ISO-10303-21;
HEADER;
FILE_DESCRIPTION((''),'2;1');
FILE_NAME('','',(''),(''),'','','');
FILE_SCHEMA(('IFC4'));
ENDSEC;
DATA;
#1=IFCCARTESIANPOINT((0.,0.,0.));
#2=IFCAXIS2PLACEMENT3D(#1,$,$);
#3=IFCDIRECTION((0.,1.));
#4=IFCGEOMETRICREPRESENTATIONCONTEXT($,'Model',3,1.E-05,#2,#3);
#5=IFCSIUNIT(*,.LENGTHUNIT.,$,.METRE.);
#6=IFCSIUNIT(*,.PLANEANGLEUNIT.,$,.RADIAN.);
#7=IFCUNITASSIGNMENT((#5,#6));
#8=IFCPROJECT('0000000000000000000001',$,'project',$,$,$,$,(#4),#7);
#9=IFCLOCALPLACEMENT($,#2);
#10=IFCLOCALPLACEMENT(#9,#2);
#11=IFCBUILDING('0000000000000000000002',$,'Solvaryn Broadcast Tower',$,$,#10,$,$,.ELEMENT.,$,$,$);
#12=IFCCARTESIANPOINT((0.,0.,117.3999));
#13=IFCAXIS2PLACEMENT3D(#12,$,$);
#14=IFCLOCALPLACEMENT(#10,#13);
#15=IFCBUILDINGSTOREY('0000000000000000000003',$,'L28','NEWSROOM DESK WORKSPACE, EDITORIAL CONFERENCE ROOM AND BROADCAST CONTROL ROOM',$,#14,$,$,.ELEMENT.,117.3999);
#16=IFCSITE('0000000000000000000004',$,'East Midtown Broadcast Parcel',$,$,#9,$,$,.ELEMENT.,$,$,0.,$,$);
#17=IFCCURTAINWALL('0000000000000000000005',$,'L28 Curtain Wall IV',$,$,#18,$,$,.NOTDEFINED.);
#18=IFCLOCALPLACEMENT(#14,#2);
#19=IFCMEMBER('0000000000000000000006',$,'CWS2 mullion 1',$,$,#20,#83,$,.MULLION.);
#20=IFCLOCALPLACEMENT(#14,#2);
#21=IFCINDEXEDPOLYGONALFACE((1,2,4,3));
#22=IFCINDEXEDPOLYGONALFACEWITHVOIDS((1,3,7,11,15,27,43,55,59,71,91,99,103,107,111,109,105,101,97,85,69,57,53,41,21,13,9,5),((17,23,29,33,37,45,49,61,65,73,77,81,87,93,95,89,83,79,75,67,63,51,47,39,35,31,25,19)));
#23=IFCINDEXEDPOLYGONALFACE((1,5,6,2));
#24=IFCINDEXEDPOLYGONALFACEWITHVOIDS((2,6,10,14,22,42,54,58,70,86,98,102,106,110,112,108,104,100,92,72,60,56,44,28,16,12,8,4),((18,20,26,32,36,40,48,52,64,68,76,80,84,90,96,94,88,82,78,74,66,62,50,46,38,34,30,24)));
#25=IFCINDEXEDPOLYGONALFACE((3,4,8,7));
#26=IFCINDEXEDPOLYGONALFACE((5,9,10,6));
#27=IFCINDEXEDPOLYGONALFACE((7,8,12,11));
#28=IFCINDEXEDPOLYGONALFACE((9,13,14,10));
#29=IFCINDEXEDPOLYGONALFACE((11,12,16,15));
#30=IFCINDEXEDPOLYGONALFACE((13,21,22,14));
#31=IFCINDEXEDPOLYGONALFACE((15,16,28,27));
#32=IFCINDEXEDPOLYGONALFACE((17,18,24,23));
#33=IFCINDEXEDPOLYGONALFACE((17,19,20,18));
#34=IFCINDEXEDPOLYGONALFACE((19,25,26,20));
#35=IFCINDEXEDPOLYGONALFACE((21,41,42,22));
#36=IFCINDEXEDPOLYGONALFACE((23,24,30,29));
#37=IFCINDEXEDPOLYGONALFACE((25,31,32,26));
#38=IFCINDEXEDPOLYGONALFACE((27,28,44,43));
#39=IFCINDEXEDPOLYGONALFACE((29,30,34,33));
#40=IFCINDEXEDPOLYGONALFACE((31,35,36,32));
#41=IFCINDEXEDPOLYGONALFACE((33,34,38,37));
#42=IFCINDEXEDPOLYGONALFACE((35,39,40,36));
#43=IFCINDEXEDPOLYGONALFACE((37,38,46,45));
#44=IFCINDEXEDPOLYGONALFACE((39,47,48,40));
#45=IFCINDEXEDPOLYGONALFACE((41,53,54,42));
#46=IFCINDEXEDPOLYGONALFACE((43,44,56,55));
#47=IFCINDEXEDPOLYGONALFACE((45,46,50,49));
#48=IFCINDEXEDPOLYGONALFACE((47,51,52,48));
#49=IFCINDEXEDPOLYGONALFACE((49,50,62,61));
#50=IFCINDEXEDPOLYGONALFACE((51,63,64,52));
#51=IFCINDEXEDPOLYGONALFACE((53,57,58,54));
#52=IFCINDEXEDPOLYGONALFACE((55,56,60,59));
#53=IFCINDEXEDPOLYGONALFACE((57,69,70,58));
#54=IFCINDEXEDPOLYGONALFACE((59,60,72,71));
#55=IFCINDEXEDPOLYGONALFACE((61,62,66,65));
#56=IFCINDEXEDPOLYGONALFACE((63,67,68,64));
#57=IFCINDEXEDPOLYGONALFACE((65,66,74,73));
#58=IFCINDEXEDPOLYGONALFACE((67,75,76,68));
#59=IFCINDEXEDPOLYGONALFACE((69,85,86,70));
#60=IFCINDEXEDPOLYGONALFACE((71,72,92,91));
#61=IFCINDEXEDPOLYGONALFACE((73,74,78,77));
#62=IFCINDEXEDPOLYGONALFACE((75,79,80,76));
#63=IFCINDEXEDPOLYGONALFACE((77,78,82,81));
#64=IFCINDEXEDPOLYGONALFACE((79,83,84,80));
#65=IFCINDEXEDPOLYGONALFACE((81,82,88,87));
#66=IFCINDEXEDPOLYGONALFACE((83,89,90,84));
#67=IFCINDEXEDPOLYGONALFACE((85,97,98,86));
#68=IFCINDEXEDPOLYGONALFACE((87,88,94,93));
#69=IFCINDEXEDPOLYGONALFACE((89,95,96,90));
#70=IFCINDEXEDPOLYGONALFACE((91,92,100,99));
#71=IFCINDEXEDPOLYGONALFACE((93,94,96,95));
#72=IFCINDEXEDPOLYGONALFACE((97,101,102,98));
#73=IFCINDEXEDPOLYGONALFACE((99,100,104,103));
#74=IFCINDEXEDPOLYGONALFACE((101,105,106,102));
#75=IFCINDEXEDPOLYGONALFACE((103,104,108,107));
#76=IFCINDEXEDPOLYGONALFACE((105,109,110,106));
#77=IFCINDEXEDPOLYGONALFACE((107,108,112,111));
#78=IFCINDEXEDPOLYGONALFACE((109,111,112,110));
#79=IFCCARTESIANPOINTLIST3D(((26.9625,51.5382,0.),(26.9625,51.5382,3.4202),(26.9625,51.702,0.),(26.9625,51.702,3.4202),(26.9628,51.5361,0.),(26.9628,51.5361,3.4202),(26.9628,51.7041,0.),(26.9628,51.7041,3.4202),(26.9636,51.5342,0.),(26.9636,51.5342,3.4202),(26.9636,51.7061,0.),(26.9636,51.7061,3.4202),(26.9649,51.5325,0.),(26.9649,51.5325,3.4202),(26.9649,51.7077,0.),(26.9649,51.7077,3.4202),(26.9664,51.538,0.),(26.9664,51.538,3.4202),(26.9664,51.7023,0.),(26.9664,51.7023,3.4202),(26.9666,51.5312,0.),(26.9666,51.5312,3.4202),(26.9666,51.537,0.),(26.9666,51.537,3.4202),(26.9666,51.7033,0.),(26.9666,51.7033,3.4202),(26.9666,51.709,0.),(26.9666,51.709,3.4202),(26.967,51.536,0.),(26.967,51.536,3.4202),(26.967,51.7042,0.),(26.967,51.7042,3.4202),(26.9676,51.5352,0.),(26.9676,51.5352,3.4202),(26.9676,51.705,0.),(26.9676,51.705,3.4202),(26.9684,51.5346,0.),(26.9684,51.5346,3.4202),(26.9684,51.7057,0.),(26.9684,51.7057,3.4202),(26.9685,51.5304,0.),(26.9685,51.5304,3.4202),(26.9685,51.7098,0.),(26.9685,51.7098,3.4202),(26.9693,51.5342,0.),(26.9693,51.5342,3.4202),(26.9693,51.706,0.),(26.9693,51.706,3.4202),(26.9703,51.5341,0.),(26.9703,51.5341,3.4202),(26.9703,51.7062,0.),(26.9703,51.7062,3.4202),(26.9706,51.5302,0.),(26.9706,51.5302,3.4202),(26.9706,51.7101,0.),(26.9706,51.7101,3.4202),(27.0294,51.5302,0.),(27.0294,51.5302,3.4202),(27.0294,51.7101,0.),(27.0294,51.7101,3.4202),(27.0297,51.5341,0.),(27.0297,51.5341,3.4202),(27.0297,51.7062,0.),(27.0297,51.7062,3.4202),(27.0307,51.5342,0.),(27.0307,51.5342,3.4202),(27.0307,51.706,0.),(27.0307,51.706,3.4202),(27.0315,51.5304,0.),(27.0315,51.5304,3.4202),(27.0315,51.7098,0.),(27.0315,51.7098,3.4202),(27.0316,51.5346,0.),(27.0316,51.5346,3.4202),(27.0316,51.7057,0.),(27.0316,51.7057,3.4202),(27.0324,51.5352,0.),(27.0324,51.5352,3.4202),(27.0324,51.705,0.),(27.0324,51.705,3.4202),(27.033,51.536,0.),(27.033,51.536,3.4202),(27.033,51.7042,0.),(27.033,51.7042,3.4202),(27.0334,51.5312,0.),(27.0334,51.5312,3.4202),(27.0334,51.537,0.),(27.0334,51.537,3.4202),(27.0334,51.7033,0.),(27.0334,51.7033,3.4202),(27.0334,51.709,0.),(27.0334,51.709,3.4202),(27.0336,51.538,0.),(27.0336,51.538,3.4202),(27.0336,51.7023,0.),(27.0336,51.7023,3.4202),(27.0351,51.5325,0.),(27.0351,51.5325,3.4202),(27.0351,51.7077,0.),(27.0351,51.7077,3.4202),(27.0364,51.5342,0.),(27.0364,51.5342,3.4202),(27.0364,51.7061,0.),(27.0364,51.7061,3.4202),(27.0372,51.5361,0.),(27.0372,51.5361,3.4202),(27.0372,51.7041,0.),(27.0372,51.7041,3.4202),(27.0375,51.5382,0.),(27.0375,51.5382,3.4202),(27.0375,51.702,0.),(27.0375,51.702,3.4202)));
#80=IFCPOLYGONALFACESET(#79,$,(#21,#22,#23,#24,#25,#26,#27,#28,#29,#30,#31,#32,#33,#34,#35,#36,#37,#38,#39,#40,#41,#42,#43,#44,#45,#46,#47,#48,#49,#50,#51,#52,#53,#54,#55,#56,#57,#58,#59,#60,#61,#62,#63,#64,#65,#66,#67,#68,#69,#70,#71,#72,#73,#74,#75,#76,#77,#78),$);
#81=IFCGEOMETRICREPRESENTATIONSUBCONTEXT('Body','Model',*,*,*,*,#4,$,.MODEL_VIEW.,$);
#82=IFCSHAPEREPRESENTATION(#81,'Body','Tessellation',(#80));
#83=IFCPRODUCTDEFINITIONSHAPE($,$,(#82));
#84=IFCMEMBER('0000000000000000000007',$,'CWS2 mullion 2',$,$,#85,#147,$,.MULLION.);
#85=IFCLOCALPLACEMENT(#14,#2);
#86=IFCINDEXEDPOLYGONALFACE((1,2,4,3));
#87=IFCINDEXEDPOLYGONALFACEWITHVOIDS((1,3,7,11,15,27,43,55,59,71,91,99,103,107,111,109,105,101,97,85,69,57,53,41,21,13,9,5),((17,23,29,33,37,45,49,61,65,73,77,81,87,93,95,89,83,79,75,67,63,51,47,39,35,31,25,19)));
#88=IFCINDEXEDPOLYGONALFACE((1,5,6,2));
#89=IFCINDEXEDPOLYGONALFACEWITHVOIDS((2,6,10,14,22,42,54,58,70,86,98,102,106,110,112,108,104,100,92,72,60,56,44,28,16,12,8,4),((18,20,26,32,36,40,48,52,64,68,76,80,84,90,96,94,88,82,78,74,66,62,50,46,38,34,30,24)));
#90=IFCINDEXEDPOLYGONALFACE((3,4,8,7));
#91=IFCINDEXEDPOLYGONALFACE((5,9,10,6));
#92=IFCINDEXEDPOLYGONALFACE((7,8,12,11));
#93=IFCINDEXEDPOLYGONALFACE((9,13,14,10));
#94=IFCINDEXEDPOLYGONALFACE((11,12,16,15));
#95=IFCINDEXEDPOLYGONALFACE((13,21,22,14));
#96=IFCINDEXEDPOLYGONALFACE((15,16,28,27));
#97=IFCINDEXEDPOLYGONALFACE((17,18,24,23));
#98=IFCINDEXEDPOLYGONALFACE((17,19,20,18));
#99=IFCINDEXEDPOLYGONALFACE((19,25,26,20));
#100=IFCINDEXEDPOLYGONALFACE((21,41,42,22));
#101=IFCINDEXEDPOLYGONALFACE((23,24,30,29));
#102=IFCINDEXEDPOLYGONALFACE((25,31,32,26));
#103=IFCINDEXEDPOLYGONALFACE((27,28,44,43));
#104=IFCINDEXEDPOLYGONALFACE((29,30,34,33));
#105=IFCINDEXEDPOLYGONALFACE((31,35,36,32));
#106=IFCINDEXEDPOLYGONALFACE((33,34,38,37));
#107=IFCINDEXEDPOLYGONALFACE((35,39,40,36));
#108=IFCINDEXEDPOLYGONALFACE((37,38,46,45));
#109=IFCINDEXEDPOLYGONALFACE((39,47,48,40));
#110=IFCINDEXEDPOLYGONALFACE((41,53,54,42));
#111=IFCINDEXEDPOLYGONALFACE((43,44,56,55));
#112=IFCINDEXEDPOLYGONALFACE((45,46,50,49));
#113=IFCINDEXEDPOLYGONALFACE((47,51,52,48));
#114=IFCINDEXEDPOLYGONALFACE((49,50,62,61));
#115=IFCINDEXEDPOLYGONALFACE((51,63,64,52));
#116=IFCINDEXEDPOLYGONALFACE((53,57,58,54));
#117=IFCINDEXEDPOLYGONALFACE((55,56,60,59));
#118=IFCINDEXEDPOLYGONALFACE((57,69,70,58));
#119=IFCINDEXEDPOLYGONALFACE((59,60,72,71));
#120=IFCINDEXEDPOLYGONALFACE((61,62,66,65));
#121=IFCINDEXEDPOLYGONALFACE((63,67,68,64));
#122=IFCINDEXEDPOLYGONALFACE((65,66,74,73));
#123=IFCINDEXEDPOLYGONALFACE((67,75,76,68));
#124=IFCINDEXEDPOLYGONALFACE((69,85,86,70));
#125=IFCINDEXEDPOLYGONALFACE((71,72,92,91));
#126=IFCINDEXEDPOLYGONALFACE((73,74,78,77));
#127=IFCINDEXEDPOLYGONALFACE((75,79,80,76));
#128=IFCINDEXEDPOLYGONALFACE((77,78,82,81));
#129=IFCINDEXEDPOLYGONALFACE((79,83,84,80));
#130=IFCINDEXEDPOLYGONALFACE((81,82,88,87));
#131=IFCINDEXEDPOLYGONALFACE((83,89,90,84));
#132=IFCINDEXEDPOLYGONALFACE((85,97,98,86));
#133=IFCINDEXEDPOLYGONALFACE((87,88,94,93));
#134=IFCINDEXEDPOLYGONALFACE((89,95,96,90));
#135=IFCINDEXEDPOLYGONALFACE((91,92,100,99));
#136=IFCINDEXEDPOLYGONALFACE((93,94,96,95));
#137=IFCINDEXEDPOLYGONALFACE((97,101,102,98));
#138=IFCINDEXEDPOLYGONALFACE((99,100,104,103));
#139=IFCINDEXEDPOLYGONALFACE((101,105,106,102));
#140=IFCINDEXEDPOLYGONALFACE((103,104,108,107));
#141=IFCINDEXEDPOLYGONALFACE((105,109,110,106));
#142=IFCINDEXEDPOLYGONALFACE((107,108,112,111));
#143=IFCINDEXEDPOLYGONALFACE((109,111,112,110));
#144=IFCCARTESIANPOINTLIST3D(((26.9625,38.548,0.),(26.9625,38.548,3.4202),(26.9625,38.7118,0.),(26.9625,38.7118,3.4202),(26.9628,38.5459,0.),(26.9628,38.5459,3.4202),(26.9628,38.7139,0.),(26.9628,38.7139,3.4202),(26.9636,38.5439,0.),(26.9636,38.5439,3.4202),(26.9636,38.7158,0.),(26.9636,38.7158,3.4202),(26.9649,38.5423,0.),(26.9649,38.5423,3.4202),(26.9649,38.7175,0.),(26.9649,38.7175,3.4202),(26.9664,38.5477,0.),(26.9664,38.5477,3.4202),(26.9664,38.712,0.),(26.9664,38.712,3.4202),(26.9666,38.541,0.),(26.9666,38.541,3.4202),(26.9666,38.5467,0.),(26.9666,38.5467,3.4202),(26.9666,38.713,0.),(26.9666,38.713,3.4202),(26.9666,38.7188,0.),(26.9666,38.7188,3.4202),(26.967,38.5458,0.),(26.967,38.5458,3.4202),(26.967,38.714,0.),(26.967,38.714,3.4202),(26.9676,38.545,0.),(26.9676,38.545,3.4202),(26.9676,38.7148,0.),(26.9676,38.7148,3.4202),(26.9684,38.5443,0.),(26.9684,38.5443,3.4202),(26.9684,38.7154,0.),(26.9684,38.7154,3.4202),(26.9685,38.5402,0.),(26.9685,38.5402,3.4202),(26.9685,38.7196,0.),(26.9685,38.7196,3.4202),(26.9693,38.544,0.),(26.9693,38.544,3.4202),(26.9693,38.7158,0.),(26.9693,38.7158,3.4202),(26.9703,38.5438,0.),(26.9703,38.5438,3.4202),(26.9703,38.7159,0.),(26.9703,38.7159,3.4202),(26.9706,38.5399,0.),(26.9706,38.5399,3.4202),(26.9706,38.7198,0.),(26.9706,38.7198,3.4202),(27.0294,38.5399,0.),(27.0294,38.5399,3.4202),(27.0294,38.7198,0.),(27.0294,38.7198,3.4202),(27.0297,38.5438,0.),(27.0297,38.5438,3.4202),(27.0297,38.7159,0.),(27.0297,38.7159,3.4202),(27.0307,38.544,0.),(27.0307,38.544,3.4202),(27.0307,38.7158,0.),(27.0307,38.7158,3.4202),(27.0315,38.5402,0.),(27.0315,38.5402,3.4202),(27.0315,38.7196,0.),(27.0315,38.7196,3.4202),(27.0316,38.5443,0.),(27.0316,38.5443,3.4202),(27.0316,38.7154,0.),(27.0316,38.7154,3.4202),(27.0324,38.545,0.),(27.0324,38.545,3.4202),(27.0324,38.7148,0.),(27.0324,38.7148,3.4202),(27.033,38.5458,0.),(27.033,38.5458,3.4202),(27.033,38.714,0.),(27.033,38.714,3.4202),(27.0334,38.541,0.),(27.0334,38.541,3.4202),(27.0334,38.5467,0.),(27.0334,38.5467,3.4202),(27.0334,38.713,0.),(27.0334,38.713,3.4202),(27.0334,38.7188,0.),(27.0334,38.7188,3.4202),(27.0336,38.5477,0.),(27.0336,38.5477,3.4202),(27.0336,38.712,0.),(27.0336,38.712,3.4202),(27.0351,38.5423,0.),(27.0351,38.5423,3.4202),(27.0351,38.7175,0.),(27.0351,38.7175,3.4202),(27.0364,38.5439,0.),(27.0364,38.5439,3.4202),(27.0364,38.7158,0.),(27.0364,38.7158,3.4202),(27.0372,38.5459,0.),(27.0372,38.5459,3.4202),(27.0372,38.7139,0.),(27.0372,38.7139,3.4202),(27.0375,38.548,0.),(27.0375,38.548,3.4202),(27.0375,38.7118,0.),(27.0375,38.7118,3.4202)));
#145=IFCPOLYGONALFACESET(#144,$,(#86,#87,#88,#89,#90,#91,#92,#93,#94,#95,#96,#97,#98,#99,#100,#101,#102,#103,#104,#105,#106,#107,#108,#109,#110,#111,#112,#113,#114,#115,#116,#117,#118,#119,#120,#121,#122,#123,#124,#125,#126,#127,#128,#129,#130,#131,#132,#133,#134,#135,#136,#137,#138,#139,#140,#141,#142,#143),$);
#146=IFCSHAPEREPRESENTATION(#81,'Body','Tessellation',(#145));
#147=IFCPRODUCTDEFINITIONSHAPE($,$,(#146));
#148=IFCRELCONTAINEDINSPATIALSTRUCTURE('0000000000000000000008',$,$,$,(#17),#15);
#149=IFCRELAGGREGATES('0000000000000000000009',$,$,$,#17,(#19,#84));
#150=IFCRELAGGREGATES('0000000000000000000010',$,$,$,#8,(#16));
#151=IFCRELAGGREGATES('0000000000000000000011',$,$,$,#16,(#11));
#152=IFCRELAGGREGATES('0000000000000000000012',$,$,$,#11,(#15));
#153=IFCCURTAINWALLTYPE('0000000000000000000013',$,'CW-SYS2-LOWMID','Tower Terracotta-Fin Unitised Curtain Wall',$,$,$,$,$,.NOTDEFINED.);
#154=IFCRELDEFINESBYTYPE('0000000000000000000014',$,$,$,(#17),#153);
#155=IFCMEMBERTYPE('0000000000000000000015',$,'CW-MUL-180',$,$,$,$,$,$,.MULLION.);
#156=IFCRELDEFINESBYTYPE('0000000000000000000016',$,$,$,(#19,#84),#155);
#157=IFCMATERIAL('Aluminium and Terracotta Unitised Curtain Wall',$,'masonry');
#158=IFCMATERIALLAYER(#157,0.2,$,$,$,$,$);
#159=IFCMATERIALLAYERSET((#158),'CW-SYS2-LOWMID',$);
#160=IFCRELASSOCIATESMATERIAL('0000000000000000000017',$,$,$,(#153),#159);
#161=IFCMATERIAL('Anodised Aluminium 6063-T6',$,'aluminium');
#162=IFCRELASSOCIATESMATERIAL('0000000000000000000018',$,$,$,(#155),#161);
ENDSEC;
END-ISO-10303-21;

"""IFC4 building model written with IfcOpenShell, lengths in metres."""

from ifc_helpers import new_model, si_unit, direction, frame, origin, origin_2d, place, context, subcontext, project, spatial, hollow_rectangle, extrude, material, layer, layer_set, material_profile, profile_set, type_object, element, aggregate, save


model = new_model("IFC4")

# Units and contexts
model_context = context("Model", 3, precision=1e-05, world=origin(), true_north=direction((0.0, 1.0)))
body_context = subcontext(model_context, "Body", "Model", "MODEL_VIEW")
ifc_project = project(units=[si_unit("LENGTHUNIT", "METRE"), si_unit("PLANEANGLEUNIT", "RADIAN")], contexts=[model_context])

# Site, building, storey
site_placement = place(None, origin())
site = spatial("IfcSite", under=ifc_project, at=site_placement, Name="East Midtown Broadcast Parcel", CompositionType="ELEMENT", RefElevation=0.0)
building_placement = place(site_placement, origin())
building = spatial("IfcBuilding", under=site, at=building_placement, Name="Solvaryn Broadcast Tower", CompositionType="ELEMENT")
storey_placement = place(building_placement, frame((0.0, 0.0, 117.3999)))
storey = spatial("IfcBuildingStorey", under=building, at=storey_placement, Name="L28", Description="NEWSROOM DESK WORKSPACE, EDITORIAL CONFERENCE ROOM AND BROADCAST CONTROL ROOM", CompositionType="ELEMENT", Elevation=117.3999)

# Curtain wall, members
ifc_material_1 = material(Name="Aluminium and Terracotta Unitised Curtain Wall", Category="masonry")
ifc_layer_1 = layer(ifc_material_1, 0.2)
ifc_layer_set_1 = layer_set([ifc_layer_1], Name="CW-SYS2-LOWMID")
curtain_wall_type = type_object("IfcCurtainWallType", Name="CW-SYS2-LOWMID", Description="Tower Terracotta-Fin Unitised Curtain Wall", PredefinedType="NOTDEFINED", material=ifc_layer_set_1)
curtain_wall_1_placement = place(storey_placement, origin())
curtain_wall_1 = element("IfcCurtainWall", 1, at=curtain_wall_1_placement, inside=storey, type_object=curtain_wall_type, Name="L28 Curtain Wall IV", PredefinedType="NOTDEFINED")
ifc_material_2 = material(Name="Anodised Aluminium 6063-T6", Category="aluminium")
ifc_material_profile_1 = material_profile(ifc_material_2, hollow_rectangle(XDim=0.075, YDim=0.1799, WallThickness=0.0039, InnerFilletRadius=0.0039, OuterFilletRadius=0.0081, at=origin_2d()))
ifc_profile_set_1 = profile_set([ifc_material_profile_1], Name="Anodised Aluminium 6063-T6")
member_type_1 = type_object("IfcMemberType", Name="CW-MUL-180", PredefinedType="MULLION", material=ifc_profile_set_1)
member_1_placement = place(storey_placement, frame((27.0, 51.6201, 0.0), z_axis=(0.0, 0.0, 1.0), x_axis=(1.0, 0.0, 0.0)))
member_1 = element("IfcMember", 2, at=member_1_placement, type_object=member_type_1, Name="CWS2 mullion 1", PredefinedType="MULLION", context=body_context, shape_type="SweptSolid", body=[
    extrude(hollow_rectangle(XDim=0.075, YDim=0.1799, WallThickness=0.0039, InnerFilletRadius=0.0039, OuterFilletRadius=0.0081, at=origin_2d()), origin(), (0.0, 0.0, 1.0), 3.4202),
])
member_2_placement = place(storey_placement, frame((27.0, 38.6299, 0.0), z_axis=(0.0, 0.0, 1.0), x_axis=(1.0, 0.0, 0.0)))
member_2 = element("IfcMember", 3, at=member_2_placement, type_object=member_type_1, Name="CWS2 mullion 2", PredefinedType="MULLION", context=body_context, shape_type="SweptSolid", body=[
    extrude(hollow_rectangle(XDim=0.075, YDim=0.1799, WallThickness=0.0039, InnerFilletRadius=0.0039, OuterFilletRadius=0.0081, at=origin_2d()), origin(), (0.0, 0.0, 1.0), 3.4202),
])

aggregate(curtain_wall_1, [member_1, member_2])

save(model, "model.ifc")
